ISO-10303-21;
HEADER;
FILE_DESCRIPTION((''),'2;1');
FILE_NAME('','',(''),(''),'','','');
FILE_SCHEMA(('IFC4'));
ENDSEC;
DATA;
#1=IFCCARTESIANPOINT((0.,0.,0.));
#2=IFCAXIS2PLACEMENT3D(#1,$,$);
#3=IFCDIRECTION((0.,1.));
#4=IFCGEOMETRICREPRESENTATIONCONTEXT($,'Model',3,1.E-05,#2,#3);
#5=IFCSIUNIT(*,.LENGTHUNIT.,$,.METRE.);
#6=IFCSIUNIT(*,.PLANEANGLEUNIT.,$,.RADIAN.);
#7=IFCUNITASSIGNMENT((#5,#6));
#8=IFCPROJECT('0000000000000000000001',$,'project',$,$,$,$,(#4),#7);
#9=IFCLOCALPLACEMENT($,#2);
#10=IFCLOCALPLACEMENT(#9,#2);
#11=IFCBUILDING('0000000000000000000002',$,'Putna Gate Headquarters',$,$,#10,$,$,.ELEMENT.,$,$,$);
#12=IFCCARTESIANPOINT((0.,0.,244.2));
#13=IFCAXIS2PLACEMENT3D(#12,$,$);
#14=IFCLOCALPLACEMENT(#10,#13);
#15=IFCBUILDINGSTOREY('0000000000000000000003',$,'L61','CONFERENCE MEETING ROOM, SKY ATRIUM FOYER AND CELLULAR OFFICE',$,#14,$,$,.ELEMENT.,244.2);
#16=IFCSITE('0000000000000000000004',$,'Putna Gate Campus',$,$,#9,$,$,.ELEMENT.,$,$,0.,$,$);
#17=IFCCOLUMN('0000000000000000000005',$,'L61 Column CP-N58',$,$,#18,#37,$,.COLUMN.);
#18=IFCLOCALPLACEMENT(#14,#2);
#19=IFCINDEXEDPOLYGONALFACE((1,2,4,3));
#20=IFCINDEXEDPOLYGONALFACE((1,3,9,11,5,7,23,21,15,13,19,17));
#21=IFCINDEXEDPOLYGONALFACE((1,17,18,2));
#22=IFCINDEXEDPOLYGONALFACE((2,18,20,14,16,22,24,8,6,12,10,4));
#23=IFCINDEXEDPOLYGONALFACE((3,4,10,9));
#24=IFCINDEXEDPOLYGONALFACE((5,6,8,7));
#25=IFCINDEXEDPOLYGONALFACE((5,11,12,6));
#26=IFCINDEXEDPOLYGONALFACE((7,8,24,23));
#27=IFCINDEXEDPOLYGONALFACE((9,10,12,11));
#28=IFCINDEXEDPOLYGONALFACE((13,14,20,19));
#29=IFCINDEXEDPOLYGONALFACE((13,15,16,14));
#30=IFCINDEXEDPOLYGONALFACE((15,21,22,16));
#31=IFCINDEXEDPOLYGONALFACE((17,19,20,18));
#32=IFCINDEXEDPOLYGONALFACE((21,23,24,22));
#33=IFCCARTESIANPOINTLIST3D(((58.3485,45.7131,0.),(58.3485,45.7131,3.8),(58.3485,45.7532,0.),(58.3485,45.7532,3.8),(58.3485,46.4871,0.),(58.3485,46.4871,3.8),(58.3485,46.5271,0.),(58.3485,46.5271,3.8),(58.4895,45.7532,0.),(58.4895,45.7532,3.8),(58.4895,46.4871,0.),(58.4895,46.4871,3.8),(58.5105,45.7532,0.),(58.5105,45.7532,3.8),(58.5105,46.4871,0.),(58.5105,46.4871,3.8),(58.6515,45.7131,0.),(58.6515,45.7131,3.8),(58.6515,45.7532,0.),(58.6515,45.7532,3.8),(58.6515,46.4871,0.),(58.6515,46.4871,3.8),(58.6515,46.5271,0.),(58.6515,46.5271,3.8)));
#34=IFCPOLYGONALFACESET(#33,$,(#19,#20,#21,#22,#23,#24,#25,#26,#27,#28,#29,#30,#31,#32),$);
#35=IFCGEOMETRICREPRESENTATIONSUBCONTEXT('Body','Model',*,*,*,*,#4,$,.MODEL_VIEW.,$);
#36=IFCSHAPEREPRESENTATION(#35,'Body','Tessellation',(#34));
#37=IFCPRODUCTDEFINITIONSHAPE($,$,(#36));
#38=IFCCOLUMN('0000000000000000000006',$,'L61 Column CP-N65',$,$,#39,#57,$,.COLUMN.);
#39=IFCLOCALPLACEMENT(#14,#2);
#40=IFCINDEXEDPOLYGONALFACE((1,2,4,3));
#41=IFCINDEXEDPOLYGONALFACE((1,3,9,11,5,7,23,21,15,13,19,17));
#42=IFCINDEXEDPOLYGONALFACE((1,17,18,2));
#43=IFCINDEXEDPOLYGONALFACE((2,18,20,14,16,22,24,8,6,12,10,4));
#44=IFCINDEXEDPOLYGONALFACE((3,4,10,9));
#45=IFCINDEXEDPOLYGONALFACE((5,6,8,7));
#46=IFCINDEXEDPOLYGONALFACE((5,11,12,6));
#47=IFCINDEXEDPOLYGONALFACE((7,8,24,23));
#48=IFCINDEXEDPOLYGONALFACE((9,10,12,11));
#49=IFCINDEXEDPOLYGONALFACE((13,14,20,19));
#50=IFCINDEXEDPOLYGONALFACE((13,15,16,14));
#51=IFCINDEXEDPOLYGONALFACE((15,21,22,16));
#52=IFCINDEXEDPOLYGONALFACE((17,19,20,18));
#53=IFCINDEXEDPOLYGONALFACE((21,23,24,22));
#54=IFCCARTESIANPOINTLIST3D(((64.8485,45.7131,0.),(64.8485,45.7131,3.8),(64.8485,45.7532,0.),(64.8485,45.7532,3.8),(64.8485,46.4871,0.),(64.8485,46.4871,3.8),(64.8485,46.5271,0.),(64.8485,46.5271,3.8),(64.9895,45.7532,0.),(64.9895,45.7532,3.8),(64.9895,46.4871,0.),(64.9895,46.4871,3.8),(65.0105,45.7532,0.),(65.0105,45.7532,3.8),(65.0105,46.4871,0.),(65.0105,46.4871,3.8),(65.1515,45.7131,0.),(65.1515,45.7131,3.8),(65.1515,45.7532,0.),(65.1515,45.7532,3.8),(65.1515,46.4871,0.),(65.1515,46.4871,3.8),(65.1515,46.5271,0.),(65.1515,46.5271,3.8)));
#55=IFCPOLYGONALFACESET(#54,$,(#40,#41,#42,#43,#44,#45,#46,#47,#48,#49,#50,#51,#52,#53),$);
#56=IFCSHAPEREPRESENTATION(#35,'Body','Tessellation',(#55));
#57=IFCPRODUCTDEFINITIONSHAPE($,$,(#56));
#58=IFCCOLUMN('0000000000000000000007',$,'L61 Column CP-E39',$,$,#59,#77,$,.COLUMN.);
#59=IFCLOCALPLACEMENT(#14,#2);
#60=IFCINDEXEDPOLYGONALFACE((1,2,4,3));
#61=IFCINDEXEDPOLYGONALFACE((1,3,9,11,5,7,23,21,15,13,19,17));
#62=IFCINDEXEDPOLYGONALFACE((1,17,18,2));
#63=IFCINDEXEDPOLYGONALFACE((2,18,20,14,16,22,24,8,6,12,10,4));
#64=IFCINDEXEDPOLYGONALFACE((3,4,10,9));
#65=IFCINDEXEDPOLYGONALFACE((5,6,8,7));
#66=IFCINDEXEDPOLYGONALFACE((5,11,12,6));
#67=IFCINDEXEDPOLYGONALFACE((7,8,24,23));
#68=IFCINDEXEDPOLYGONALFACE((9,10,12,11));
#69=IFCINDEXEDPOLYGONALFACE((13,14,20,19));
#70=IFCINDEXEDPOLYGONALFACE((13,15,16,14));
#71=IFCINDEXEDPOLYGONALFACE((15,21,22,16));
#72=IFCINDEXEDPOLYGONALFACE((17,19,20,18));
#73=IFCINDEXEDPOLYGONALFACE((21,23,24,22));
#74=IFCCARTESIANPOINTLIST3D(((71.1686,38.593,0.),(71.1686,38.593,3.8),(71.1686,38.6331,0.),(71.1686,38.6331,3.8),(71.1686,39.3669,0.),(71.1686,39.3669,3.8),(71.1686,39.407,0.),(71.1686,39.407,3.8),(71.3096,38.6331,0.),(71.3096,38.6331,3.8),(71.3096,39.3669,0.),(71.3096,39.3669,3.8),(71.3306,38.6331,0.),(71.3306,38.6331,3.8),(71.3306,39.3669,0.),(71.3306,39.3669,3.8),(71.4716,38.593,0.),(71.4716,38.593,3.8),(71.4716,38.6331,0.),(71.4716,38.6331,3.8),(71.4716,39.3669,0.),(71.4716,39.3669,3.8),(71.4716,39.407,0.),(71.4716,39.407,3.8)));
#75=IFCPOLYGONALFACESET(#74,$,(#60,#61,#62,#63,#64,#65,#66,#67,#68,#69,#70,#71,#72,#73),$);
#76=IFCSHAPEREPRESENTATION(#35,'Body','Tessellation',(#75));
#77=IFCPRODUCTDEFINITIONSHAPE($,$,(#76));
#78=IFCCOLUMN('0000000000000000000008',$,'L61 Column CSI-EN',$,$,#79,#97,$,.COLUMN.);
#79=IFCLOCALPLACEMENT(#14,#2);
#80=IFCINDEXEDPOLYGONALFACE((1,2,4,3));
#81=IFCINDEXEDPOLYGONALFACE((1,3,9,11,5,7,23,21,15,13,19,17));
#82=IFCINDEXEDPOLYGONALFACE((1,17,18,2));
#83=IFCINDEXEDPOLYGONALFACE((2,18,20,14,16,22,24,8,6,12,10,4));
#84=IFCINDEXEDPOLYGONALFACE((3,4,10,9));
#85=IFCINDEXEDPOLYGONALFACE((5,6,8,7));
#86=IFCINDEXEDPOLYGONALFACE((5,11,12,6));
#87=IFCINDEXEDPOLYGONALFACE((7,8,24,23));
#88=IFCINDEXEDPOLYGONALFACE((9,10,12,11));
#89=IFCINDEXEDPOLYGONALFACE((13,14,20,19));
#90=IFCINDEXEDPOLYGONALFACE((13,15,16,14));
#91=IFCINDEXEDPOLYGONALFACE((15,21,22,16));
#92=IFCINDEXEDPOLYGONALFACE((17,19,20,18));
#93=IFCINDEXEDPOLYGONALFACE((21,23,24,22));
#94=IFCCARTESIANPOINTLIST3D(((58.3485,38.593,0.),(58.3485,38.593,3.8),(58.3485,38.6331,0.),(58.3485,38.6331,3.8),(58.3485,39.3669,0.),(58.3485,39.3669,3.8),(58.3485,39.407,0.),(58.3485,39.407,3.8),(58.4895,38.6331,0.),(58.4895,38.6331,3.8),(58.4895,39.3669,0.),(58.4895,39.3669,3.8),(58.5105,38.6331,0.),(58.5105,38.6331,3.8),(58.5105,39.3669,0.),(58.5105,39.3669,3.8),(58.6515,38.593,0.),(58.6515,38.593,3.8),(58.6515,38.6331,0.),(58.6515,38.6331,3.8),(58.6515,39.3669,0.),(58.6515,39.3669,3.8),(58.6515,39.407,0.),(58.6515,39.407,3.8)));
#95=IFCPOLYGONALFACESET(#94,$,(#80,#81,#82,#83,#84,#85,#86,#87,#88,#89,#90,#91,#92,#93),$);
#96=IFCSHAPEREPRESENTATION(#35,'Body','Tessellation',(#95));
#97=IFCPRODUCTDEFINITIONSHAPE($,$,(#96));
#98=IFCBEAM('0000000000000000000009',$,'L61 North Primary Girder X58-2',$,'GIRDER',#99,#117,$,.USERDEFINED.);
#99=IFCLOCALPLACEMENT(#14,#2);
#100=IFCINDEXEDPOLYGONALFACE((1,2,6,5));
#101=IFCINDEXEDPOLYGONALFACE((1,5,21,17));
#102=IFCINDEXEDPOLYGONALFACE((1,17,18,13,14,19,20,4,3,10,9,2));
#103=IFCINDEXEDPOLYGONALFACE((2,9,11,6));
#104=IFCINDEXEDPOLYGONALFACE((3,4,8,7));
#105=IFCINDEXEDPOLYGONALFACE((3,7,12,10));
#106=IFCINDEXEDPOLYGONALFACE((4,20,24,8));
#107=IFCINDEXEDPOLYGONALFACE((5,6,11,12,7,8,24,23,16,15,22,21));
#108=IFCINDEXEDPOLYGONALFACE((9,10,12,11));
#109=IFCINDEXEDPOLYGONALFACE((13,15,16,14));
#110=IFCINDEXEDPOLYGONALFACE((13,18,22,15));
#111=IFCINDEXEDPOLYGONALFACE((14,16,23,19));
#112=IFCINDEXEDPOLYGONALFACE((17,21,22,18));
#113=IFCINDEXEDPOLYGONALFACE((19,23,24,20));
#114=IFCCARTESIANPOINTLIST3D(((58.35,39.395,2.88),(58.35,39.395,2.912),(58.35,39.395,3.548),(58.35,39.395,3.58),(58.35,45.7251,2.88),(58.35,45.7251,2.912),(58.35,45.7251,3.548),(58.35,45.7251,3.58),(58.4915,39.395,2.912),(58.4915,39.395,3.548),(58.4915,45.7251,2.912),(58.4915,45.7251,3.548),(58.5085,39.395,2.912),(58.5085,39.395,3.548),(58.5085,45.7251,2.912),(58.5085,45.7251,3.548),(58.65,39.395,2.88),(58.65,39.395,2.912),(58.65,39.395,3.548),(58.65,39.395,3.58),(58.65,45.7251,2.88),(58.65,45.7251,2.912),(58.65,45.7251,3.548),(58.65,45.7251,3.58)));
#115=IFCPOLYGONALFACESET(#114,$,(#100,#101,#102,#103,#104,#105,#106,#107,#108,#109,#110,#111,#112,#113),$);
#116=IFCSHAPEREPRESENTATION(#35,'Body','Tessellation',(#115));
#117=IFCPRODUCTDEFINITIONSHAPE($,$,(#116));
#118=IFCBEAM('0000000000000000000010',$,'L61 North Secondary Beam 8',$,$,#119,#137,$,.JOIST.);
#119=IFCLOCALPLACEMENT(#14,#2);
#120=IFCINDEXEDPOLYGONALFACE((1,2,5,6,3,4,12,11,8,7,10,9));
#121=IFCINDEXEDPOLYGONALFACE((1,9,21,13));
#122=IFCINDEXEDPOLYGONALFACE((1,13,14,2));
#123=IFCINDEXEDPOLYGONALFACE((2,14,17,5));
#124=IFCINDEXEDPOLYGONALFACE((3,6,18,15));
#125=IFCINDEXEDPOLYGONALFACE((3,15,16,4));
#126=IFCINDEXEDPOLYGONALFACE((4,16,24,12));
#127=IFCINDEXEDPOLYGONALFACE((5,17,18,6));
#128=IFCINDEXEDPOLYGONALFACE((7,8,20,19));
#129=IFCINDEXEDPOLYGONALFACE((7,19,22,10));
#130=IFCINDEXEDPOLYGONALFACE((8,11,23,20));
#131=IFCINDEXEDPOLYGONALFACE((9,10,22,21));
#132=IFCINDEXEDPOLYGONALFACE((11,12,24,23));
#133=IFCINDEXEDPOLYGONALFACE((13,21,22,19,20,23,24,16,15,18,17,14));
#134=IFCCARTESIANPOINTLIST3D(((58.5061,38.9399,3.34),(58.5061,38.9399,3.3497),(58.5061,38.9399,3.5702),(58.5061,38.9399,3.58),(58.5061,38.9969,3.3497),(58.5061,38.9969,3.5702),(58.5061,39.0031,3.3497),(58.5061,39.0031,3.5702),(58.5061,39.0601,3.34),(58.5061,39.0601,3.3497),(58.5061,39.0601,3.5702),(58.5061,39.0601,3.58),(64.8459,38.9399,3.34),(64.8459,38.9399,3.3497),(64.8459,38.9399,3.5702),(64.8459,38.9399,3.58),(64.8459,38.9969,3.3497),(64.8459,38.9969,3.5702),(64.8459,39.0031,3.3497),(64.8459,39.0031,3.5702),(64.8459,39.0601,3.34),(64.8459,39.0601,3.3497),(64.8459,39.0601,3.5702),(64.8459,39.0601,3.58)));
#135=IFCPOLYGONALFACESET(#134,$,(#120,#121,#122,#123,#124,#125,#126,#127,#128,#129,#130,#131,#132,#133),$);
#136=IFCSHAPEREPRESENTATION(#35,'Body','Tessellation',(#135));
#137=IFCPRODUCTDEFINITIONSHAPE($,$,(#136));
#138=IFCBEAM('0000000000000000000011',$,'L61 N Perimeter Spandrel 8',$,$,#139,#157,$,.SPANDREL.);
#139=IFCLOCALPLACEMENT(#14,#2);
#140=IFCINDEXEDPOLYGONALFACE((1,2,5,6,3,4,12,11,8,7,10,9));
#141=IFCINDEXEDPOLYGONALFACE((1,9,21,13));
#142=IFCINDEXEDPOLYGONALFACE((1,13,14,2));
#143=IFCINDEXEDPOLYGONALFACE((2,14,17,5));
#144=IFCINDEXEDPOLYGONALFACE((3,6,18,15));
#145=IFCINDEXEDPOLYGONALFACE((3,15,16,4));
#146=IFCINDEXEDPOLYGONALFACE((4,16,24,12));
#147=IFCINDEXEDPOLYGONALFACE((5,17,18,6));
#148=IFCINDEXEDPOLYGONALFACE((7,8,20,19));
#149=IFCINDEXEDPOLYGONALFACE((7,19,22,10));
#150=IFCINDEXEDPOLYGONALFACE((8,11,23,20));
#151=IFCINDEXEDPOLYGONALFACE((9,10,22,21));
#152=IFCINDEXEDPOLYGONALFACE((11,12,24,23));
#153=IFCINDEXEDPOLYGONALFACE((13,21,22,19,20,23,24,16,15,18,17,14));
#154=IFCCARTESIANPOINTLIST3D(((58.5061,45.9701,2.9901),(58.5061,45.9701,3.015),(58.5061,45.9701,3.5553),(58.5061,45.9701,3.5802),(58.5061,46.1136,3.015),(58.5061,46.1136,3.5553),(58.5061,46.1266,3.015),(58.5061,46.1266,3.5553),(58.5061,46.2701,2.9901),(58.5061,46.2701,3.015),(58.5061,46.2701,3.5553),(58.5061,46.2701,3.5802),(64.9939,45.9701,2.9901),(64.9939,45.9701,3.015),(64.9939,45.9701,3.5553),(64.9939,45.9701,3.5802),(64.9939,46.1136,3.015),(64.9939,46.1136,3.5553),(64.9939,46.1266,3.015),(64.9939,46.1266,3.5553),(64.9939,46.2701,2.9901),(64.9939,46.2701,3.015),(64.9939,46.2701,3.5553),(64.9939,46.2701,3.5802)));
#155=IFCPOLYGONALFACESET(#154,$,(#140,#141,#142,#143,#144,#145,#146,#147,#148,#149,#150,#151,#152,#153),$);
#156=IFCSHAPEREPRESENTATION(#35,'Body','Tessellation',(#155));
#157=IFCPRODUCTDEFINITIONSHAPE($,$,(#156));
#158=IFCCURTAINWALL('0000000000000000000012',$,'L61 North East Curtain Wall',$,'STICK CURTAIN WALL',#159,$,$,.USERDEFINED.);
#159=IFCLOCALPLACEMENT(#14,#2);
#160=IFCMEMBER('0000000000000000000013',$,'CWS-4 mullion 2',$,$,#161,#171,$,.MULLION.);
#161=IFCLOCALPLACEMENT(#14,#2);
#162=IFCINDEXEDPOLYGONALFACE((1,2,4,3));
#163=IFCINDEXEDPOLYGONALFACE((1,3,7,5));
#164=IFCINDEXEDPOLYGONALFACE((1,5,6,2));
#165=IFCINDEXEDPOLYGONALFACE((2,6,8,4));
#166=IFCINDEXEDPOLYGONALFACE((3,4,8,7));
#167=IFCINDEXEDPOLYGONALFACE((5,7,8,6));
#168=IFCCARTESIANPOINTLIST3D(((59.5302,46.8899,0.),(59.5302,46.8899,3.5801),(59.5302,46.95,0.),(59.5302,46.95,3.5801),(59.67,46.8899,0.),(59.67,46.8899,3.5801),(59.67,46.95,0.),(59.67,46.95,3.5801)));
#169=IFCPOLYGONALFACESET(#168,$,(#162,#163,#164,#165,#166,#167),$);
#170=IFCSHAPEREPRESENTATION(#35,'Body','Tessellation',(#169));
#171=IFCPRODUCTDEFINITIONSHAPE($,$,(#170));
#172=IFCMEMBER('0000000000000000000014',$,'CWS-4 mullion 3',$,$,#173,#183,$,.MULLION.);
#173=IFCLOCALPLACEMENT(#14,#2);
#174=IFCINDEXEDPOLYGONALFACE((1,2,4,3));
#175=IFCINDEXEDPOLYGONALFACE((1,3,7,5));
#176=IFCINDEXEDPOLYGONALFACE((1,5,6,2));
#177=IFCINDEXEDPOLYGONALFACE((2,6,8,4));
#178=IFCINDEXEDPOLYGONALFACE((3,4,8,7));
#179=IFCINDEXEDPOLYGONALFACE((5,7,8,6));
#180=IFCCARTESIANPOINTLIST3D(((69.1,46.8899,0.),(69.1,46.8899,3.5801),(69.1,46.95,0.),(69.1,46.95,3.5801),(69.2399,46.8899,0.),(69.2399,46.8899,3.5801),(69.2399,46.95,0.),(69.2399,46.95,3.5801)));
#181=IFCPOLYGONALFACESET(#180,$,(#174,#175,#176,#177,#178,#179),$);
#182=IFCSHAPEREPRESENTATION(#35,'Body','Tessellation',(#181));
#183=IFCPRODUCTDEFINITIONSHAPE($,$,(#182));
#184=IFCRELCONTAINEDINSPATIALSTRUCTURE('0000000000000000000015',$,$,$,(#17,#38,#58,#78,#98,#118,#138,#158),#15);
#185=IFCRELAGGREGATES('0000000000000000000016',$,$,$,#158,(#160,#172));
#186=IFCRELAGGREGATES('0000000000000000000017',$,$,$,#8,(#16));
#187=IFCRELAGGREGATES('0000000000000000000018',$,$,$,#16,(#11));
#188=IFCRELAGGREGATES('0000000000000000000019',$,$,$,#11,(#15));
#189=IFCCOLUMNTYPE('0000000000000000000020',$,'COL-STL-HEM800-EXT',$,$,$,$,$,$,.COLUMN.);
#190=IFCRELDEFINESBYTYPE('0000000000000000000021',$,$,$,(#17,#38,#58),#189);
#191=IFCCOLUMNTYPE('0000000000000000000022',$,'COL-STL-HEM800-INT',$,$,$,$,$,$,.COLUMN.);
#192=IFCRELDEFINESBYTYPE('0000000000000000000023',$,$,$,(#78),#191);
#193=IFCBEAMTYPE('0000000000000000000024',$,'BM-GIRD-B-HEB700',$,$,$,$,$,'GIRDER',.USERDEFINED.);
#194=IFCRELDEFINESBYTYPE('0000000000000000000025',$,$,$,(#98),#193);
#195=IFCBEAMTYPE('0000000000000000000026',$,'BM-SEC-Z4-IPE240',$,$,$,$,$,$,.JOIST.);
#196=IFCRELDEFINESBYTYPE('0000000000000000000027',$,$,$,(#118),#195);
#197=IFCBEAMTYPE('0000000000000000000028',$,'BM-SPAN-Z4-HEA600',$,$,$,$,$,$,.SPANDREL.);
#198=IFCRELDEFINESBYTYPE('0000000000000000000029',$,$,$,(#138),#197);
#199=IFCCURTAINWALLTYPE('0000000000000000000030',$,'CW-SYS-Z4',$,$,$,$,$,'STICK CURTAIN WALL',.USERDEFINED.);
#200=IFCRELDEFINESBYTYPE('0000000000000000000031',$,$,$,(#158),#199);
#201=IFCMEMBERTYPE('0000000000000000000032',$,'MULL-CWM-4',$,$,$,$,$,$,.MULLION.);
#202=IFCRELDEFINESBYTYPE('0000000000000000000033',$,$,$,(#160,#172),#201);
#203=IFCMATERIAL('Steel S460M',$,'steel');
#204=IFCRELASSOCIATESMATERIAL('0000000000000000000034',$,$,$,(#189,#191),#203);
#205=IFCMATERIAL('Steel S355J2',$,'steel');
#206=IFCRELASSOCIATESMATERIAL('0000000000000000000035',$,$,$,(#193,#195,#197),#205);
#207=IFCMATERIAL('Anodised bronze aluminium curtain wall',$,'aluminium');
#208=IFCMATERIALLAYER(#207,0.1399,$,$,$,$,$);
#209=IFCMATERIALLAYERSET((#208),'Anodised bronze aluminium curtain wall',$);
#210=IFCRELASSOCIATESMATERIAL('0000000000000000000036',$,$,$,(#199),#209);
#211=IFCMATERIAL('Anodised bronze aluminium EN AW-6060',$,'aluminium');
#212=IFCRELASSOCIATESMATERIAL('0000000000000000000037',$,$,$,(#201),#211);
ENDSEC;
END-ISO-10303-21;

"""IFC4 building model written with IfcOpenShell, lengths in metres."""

from ifc_helpers import new_model, si_unit, direction, frame, origin, origin_2d, place, context, subcontext, project, spatial, rectangle, i_section, extrude, material, layer, layer_set, material_profile, profile_set, type_object, element, aggregate, save


model = new_model("IFC4")

# Units and contexts
model_context = context("Model", 3, precision=1e-05, world=origin(), true_north=direction((0.0, 1.0)))
body_context = subcontext(model_context, "Body", "Model", "MODEL_VIEW")
ifc_project = project(units=[si_unit("LENGTHUNIT", "METRE"), si_unit("PLANEANGLEUNIT", "RADIAN")], contexts=[model_context])

# Site, building, storey
site_placement = place(None, origin())
site = spatial("IfcSite", under=ifc_project, at=site_placement, Name="Putna Gate Campus", CompositionType="ELEMENT", RefElevation=0.0)
building_placement = place(site_placement, origin())
building = spatial("IfcBuilding", under=site, at=building_placement, Name="Putna Gate Headquarters", CompositionType="ELEMENT")
storey_placement = place(building_placement, frame((0.0, 0.0, 244.2)))
storey = spatial("IfcBuildingStorey", under=building, at=storey_placement, Name="L61", Description="CONFERENCE MEETING ROOM, SKY ATRIUM FOYER AND CELLULAR OFFICE", CompositionType="ELEMENT", Elevation=244.2)

# Columns
ifc_material_1 = material(Name="Steel S460M", Category="steel")
ifc_material_profile_1 = material_profile(ifc_material_1, i_section(OverallWidth=0.303, OverallDepth=0.814, WebThickness=0.021, FlangeThickness=0.04, at=origin_2d()), Name="Steel S460M")
ifc_profile_set_1 = profile_set([ifc_material_profile_1], Name="Steel S460M")
column_type_1 = type_object("IfcColumnType", Name="COL-STL-HEM800-EXT", PredefinedType="COLUMN", material=ifc_profile_set_1)
for number, where, z_axis, x_axis, name in (
    (1, (58.5, 46.1201, 0.0), (0.0, 0.0, 1.0), (1.0, 0.0, 0.0), "L61 Column CP-N58"),
    (2, (65.0, 46.1201, 0.0), (0.0, 0.0, 1.0), (1.0, 0.0, 0.0), "L61 Column CP-N65"),
    (3, (71.3201, 39.0, 0.0), (0.0, 0.0, 1.0), (1.0, 0.0, 0.0), "L61 Column CP-E39"),
):
    element("IfcColumn", number, at=place(storey_placement, frame(where, z_axis=z_axis, x_axis=x_axis)), inside=storey, type_object=column_type_1, Name=name, PredefinedType="COLUMN", context=body_context, shape_type="SweptSolid", body=[
        extrude(i_section(OverallWidth=0.303, OverallDepth=0.814, WebThickness=0.021, FlangeThickness=0.04, at=origin_2d()), origin(), (0.0, 0.0, 1.0), 3.8),
    ])
ifc_material_profile_2 = material_profile(ifc_material_1, i_section(OverallWidth=0.303, OverallDepth=0.814, WebThickness=0.021, FlangeThickness=0.04, at=origin_2d()), Name="Steel S460M")
ifc_profile_set_2 = profile_set([ifc_material_profile_2], Name="Steel S460M")
column_type_2 = type_object("IfcColumnType", Name="COL-STL-HEM800-INT", PredefinedType="COLUMN", material=ifc_profile_set_2)
column_placement = place(storey_placement, frame((58.5, 39.0, 0.0), z_axis=(0.0, 0.0, 1.0), x_axis=(1.0, 0.0, 0.0)))
element("IfcColumn", 4, at=column_placement, inside=storey, type_object=column_type_2, Name="L61 Column CSI-EN", PredefinedType="COLUMN", context=body_context, shape_type="SweptSolid", body=[
    extrude(i_section(OverallWidth=0.303, OverallDepth=0.814, WebThickness=0.021, FlangeThickness=0.04, at=origin_2d()), origin(), (0.0, 0.0, 1.0), 3.8),
])

# Beams
ifc_material_2 = material(Name="Steel S355J2", Category="steel")
ifc_material_profile_3 = material_profile(ifc_material_2, i_section(OverallWidth=0.3, OverallDepth=0.7, WebThickness=0.0171, FlangeThickness=0.032, at=origin_2d()), Name="Steel S355J2")
ifc_profile_set_3 = profile_set([ifc_material_profile_3], Name="Steel S355J2")
beam_type_1 = type_object("IfcBeamType", Name="BM-GIRD-B-HEB700", ElementType="GIRDER", PredefinedType="USERDEFINED", material=ifc_profile_set_3)
beam_1_placement = place(storey_placement, frame((58.5, 39.395, 3.23), z_axis=(0.0, 1.0, 0.0), x_axis=(-1.0, 0.0, 0.0)))
element("IfcBeam", 5, at=beam_1_placement, inside=storey, type_object=beam_type_1, Name="L61 North Primary Girder X58-2", ObjectType="GIRDER", PredefinedType="USERDEFINED", context=body_context, shape_type="SweptSolid", body=[
    extrude(i_section(OverallWidth=0.3, OverallDepth=0.7, WebThickness=0.0171, FlangeThickness=0.032, at=origin_2d()), origin(), (0.0, 0.0, 1.0), 6.3301),
])
ifc_material_profile_4 = material_profile(ifc_material_2, i_section(OverallWidth=0.1201, OverallDepth=0.24, WebThickness=0.0061, FlangeThickness=0.0098, at=origin_2d()), Name="Steel S355J2")
ifc_profile_set_4 = profile_set([ifc_material_profile_4], Name="Steel S355J2")
beam_type_2 = type_object("IfcBeamType", Name="BM-SEC-Z4-IPE240", PredefinedType="JOIST", material=ifc_profile_set_4)
beam_2_placement = place(storey_placement, frame((58.5061, 39.0, 3.46), z_axis=(1.0, 0.0, 0.0), x_axis=(0.0, 1.0, 0.0)))
element("IfcBeam", 6, at=beam_2_placement, inside=storey, type_object=beam_type_2, Name="L61 North Secondary Beam 8", PredefinedType="JOIST", context=body_context, shape_type="SweptSolid", body=[
    extrude(i_section(OverallWidth=0.1201, OverallDepth=0.24, WebThickness=0.0061, FlangeThickness=0.0098, at=origin_2d()), origin(), (0.0, 0.0, 1.0), 6.3398),
])
ifc_material_profile_5 = material_profile(ifc_material_2, i_section(OverallWidth=0.3, OverallDepth=0.5901, WebThickness=0.0129, FlangeThickness=0.0249, at=origin_2d()), Name="Steel S355J2")
ifc_profile_set_5 = profile_set([ifc_material_profile_5], Name="Steel S355J2")
beam_type_3 = type_object("IfcBeamType", Name="BM-SPAN-Z4-HEA600", PredefinedType="SPANDREL", material=ifc_profile_set_5)
beam_3_placement = place(storey_placement, frame((58.5061, 46.1201, 3.2852), z_axis=(1.0, 0.0, 0.0), x_axis=(0.0, 1.0, 0.0)))
element("IfcBeam", 7, at=beam_3_placement, inside=storey, type_object=beam_type_3, Name="L61 N Perimeter Spandrel 8", PredefinedType="SPANDREL", context=body_context, shape_type="SweptSolid", body=[
    extrude(i_section(OverallWidth=0.3, OverallDepth=0.5901, WebThickness=0.0129, FlangeThickness=0.0249, at=origin_2d()), origin(), (0.0, 0.0, 1.0), 6.4878),
])

# Curtain wall, members
ifc_material_3 = material(Name="Anodised bronze aluminium curtain wall", Category="aluminium")
ifc_layer_1 = layer(ifc_material_3, 0.1399)
ifc_layer_set_1 = layer_set([ifc_layer_1], Name="Anodised bronze aluminium curtain wall")
curtain_wall_type = type_object("IfcCurtainWallType", Name="CW-SYS-Z4", ElementType="STICK CURTAIN WALL", PredefinedType="USERDEFINED", material=ifc_layer_set_1)
curtain_wall_1_placement = place(storey_placement, origin())
curtain_wall_1 = element("IfcCurtainWall", 8, at=curtain_wall_1_placement, inside=storey, type_object=curtain_wall_type, Name="L61 North East Curtain Wall", ObjectType="STICK CURTAIN WALL", PredefinedType="USERDEFINED")
ifc_material_4 = material(Name="Anodised bronze aluminium EN AW-6060", Category="aluminium")
ifc_material_profile_6 = material_profile(ifc_material_4, rectangle(XDim=0.0601, YDim=0.1399, at=origin_2d()), Name="Anodised bronze aluminium EN AW-6060")
ifc_profile_set_6 = profile_set([ifc_material_profile_6], Name="Anodised bronze aluminium EN AW-6060")
member_type_1 = type_object("IfcMemberType", Name="MULL-CWM-4", PredefinedType="MULLION", material=ifc_profile_set_6)
member_1_placement = place(storey_placement, frame((59.6001, 46.9199, 0.0), z_axis=(0.0, 0.0, 1.0), x_axis=(0.0, 1.0, 0.0)))
member_1 = element("IfcMember", 9, at=member_1_placement, type_object=member_type_1, Name="CWS-4 mullion 2", PredefinedType="MULLION", context=body_context, shape_type="SweptSolid", body=[
    extrude(rectangle(XDim=0.0601, YDim=0.1399, at=origin_2d()), origin(), (0.0, 0.0, 1.0), 3.5801),
])
member_2_placement = place(storey_placement, frame((69.1699, 46.9199, 0.0), z_axis=(0.0, 0.0, 1.0), x_axis=(0.0, 1.0, 0.0)))
member_2 = element("IfcMember", 10, at=member_2_placement, type_object=member_type_1, Name="CWS-4 mullion 3", PredefinedType="MULLION", context=body_context, shape_type="SweptSolid", body=[
    extrude(rectangle(XDim=0.0601, YDim=0.1399, at=origin_2d()), origin(), (0.0, 0.0, 1.0), 3.5801),
])

aggregate(curtain_wall_1, [member_1, member_2])

save(model, "model.ifc")
